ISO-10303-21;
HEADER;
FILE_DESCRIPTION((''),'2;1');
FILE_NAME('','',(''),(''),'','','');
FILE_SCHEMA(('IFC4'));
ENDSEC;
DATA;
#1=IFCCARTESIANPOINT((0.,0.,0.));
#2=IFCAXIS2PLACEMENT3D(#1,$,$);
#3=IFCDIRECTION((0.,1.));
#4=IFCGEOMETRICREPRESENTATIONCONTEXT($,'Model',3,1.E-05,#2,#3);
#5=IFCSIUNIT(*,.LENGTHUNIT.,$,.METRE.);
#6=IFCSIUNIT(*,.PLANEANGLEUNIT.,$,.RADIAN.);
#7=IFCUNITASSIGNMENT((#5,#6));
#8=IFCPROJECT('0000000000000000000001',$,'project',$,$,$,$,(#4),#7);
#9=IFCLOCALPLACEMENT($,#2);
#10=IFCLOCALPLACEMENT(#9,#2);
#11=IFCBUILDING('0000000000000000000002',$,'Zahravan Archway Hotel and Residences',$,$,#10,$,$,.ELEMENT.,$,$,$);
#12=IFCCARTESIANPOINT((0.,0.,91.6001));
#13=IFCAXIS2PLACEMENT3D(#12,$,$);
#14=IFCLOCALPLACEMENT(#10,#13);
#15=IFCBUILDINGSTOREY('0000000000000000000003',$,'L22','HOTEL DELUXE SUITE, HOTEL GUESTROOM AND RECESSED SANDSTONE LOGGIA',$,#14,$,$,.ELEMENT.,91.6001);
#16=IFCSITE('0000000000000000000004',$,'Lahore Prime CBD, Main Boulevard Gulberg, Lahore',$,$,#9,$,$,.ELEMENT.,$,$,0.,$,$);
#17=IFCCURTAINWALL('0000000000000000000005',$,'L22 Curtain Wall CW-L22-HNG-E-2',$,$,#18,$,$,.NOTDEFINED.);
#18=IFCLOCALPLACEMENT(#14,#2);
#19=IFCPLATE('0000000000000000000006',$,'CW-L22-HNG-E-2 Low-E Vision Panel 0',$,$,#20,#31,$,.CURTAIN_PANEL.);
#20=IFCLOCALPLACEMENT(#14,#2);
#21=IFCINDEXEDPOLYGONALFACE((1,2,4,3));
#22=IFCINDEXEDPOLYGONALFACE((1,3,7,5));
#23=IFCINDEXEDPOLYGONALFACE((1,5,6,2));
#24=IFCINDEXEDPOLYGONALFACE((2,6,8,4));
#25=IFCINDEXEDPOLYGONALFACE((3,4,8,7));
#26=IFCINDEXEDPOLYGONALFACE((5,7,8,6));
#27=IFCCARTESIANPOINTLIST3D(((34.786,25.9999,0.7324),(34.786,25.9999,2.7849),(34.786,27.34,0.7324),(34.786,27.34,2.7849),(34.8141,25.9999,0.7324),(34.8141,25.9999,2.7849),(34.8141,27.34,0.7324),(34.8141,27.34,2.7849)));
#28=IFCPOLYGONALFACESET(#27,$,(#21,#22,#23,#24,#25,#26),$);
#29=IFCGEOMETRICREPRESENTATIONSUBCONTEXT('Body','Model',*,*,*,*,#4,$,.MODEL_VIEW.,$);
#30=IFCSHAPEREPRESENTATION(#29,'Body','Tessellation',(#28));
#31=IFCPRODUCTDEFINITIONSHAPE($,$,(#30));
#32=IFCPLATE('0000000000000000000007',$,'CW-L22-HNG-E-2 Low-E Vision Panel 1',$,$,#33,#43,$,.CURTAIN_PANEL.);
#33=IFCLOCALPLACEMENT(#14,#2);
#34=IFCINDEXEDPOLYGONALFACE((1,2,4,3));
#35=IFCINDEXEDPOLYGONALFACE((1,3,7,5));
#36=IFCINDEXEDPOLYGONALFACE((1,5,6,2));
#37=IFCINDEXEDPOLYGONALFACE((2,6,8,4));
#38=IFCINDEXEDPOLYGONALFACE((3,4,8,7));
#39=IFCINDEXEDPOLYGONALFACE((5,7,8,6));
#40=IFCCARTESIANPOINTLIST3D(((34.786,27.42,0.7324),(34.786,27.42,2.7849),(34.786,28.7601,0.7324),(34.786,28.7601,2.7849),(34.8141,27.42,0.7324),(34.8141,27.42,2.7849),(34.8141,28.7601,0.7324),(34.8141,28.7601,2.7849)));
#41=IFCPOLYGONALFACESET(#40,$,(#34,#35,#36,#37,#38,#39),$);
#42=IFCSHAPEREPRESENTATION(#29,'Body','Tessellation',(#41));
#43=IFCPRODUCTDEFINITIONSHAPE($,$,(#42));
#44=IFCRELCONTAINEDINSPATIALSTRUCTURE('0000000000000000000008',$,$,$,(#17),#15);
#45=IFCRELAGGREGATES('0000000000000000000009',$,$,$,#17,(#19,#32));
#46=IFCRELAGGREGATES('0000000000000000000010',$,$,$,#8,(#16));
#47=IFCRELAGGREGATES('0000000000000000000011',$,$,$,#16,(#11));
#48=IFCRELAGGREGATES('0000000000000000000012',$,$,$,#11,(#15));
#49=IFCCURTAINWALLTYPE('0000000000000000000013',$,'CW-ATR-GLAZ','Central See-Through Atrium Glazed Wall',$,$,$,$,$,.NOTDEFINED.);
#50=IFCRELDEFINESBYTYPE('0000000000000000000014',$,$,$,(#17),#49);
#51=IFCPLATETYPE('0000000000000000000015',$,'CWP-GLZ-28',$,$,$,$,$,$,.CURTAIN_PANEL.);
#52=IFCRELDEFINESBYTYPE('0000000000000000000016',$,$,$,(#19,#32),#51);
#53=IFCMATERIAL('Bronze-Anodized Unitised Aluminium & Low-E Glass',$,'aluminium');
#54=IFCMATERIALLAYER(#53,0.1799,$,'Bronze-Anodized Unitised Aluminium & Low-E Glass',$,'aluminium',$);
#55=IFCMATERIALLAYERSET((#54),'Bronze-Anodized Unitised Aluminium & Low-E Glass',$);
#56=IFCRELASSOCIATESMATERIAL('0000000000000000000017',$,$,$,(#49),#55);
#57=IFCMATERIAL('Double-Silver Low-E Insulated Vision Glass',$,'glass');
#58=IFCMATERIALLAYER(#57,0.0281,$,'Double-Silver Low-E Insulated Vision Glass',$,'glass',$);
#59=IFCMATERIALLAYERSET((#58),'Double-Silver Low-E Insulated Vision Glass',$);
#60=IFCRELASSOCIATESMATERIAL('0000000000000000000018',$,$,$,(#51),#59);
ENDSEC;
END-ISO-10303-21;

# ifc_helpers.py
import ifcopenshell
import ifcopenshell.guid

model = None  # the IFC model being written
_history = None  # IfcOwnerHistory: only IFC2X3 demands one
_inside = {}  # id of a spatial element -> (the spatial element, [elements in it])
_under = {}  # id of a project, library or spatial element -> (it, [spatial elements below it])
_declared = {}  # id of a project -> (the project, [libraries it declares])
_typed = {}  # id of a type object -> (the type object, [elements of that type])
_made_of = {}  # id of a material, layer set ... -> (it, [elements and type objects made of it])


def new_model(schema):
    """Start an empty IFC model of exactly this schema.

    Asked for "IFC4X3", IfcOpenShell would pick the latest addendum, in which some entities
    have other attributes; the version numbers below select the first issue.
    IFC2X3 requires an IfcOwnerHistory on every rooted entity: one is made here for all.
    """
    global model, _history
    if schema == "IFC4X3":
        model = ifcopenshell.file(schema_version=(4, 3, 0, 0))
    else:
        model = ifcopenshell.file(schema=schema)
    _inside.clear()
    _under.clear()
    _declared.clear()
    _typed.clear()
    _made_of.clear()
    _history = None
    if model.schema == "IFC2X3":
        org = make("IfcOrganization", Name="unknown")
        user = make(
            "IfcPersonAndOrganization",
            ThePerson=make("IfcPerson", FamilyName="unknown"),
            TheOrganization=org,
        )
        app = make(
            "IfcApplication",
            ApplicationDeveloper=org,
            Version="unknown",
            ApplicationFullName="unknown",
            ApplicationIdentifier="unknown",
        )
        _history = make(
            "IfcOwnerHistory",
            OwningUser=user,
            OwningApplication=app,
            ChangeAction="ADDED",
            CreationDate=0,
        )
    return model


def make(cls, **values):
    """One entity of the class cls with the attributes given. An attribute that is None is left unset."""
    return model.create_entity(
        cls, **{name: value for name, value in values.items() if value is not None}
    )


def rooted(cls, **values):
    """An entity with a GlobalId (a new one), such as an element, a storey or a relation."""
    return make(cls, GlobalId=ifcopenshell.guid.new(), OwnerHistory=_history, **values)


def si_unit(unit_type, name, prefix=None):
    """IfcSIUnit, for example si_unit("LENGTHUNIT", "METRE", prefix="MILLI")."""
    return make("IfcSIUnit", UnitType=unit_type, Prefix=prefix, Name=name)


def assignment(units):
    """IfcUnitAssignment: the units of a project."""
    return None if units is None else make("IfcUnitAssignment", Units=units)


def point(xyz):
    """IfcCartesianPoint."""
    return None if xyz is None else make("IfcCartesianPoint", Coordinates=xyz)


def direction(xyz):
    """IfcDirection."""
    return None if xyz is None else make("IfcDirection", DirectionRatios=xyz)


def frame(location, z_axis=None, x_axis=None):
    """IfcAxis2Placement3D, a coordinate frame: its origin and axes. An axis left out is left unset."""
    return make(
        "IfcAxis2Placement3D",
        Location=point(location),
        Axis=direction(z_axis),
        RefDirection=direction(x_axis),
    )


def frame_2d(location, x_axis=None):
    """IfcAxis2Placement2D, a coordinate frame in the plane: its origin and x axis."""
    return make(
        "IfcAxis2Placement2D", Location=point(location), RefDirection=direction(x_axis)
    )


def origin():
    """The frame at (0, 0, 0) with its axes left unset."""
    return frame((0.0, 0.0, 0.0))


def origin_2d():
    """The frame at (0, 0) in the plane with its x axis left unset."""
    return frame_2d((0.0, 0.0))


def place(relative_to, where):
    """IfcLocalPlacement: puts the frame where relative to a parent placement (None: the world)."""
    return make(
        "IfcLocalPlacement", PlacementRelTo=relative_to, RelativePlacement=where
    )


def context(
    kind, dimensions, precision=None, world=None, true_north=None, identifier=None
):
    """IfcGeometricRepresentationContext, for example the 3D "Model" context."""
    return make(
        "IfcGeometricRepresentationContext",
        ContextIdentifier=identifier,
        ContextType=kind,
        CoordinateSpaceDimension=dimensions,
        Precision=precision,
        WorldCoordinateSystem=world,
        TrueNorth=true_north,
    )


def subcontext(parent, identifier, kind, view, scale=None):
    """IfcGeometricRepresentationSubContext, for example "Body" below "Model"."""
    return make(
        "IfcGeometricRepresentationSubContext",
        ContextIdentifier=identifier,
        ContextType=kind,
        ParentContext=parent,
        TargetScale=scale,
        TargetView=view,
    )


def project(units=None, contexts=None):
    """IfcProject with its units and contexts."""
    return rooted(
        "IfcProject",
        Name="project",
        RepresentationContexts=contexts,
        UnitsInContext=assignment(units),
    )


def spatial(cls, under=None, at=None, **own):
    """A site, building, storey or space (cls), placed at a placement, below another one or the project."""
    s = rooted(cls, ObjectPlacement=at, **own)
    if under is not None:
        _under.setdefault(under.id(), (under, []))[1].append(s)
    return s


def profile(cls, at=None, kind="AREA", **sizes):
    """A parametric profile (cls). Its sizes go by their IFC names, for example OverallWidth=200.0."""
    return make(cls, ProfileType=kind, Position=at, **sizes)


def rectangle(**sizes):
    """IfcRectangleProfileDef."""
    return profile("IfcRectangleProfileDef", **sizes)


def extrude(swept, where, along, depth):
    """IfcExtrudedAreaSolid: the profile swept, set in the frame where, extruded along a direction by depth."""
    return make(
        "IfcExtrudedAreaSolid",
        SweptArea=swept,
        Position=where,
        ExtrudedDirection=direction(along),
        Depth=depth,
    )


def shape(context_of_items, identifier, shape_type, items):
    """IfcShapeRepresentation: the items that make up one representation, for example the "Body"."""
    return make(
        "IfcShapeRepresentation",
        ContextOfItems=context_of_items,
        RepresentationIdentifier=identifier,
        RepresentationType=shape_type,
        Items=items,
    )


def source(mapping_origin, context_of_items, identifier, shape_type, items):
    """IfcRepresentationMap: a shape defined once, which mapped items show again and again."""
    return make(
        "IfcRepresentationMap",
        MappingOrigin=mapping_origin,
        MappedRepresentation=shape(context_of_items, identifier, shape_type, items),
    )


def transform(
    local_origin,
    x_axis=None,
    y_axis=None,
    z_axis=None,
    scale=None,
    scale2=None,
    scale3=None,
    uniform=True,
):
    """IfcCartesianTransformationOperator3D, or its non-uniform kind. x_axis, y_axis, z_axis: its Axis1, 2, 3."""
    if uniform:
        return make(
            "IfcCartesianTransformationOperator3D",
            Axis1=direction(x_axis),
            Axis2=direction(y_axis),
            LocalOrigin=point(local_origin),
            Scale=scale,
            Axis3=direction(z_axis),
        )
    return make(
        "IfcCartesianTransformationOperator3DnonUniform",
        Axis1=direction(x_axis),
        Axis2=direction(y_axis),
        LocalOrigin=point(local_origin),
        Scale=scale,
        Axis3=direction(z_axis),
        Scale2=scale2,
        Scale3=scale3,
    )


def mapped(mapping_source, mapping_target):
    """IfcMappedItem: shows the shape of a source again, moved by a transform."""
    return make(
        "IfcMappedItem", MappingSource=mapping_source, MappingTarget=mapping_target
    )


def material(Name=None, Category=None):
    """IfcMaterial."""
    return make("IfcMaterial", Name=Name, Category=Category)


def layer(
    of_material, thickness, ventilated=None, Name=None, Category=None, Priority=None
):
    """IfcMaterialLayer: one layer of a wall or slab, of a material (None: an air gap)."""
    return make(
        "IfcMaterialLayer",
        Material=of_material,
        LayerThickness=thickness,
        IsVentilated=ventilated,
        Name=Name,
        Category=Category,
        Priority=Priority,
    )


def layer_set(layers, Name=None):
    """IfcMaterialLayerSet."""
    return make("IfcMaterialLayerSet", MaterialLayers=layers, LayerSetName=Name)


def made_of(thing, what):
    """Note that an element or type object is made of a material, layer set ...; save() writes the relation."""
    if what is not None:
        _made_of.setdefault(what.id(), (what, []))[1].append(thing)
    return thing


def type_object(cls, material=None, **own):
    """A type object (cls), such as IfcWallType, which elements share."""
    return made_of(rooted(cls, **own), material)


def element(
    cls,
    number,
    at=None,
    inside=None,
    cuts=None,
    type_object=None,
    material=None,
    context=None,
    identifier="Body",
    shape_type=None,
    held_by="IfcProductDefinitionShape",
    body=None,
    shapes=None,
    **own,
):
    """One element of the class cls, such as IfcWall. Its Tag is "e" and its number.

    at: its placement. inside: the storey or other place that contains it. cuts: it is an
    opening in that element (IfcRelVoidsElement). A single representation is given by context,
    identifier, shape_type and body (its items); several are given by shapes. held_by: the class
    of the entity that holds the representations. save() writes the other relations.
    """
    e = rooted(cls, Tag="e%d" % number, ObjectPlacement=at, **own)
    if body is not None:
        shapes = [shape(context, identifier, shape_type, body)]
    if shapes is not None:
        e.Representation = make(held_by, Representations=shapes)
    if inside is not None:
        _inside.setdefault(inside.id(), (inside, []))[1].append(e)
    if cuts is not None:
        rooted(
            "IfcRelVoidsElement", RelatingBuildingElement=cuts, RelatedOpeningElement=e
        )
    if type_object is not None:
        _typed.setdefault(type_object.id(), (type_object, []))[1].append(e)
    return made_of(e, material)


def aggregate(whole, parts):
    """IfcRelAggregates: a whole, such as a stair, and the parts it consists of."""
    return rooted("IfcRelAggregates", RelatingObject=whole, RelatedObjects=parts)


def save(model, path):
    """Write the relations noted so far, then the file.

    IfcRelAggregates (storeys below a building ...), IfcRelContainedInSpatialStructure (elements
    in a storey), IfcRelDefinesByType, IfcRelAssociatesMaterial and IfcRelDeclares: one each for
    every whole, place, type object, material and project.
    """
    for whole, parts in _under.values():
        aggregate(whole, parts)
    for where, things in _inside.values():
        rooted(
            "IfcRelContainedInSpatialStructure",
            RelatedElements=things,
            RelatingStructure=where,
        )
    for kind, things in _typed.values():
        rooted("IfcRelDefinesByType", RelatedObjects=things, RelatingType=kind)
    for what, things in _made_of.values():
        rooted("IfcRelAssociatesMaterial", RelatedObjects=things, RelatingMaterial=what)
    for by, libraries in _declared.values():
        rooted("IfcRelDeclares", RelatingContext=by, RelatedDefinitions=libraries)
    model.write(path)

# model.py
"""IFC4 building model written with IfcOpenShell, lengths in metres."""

from ifc_helpers import new_model, si_unit, direction, frame, origin, origin_2d, place, context, subcontext, project, spatial, rectangle, extrude, source, transform, mapped, material, layer, layer_set, type_object, element, aggregate, save


model = new_model("IFC4")

# Units and contexts
model_context = context("Model", 3, precision=1e-05, world=origin(), true_north=direction((0.0, 1.0)))
body_context = subcontext(model_context, "Body", "Model", "MODEL_VIEW")
ifc_project = project(units=[si_unit("LENGTHUNIT", "METRE"), si_unit("PLANEANGLEUNIT", "RADIAN")], contexts=[model_context])

# Site, building, storey
site_placement = place(None, origin())
site = spatial("IfcSite", under=ifc_project, at=site_placement, Name="Lahore Prime CBD, Main Boulevard Gulberg, Lahore", CompositionType="ELEMENT", RefElevation=0.0)
building_placement = place(site_placement, origin())
building = spatial("IfcBuilding", under=site, at=building_placement, Name="Zahravan Archway Hotel and Residences", CompositionType="ELEMENT")
storey_placement = place(building_placement, frame((0.0, 0.0, 91.6001)))
storey = spatial("IfcBuildingStorey", under=building, at=storey_placement, Name="L22", Description="HOTEL DELUXE SUITE, HOTEL GUESTROOM AND RECESSED SANDSTONE LOGGIA", CompositionType="ELEMENT", Elevation=91.6001)

# Curtain wall, plates
ifc_material_1 = material(Name="Bronze-Anodized Unitised Aluminium & Low-E Glass", Category="aluminium")
ifc_layer_1 = layer(ifc_material_1, 0.1799, Name="Bronze-Anodized Unitised Aluminium & Low-E Glass", Category="aluminium")
ifc_layer_set_1 = layer_set([ifc_layer_1], Name="Bronze-Anodized Unitised Aluminium & Low-E Glass")
curtain_wall_type = type_object("IfcCurtainWallType", Name="CW-ATR-GLAZ", Description="Central See-Through Atrium Glazed Wall", PredefinedType="NOTDEFINED", material=ifc_layer_set_1)
curtain_wall_placement = place(storey_placement, origin())
curtain_wall = element("IfcCurtainWall", 1, at=curtain_wall_placement, inside=storey, type_object=curtain_wall_type, Name="L22 Curtain Wall CW-L22-HNG-E-2", PredefinedType="NOTDEFINED")
ifc_material_2 = material(Name="Double-Silver Low-E Insulated Vision Glass", Category="glass")
ifc_layer_2 = layer(ifc_material_2, 0.0281, Name="Double-Silver Low-E Insulated Vision Glass", Category="glass")
ifc_layer_set_2 = layer_set([ifc_layer_2], Name="Double-Silver Low-E Insulated Vision Glass")
plate_type_1 = type_object("IfcPlateType", Name="CWP-GLZ-28", PredefinedType="CURTAIN_PANEL", material=ifc_layer_set_2)
shared_shape_1 = source(origin(), body_context, "Body", "SweptSolid", [
    extrude(rectangle(XDim=1.3401, YDim=0.0281, at=origin_2d()), origin(), (0.0, 0.0, 1.0), 2.0525),
])
plate_1_placement = place(storey_placement, frame((34.8, 26.6699, 0.7324), z_axis=(0.0, 0.0, 1.0), x_axis=(0.0, 1.0, 0.0)))
plate_1 = element("IfcPlate", 2, at=plate_1_placement, type_object=plate_type_1, Name="CW-L22-HNG-E-2 Low-E Vision Panel 0", PredefinedType="CURTAIN_PANEL", context=body_context, shape_type="MappedRepresentation", body=[
    mapped(shared_shape_1, transform((0.0, 0.0, 0.0), scale=1.0)),
])
plate_2_placement = place(storey_placement, frame((34.8, 28.0901, 0.7324), z_axis=(0.0, 0.0, 1.0), x_axis=(0.0, 1.0, 0.0)))
plate_2 = element("IfcPlate", 3, at=plate_2_placement, type_object=plate_type_1, Name="CW-L22-HNG-E-2 Low-E Vision Panel 1", PredefinedType="CURTAIN_PANEL", context=body_context, shape_type="MappedRepresentation", body=[
    mapped(shared_shape_1, transform((0.0, 0.0, 0.0), scale=1.0)),
])
aggregate(curtain_wall, [plate_1, plate_2])

save(model, "model.ifc")
